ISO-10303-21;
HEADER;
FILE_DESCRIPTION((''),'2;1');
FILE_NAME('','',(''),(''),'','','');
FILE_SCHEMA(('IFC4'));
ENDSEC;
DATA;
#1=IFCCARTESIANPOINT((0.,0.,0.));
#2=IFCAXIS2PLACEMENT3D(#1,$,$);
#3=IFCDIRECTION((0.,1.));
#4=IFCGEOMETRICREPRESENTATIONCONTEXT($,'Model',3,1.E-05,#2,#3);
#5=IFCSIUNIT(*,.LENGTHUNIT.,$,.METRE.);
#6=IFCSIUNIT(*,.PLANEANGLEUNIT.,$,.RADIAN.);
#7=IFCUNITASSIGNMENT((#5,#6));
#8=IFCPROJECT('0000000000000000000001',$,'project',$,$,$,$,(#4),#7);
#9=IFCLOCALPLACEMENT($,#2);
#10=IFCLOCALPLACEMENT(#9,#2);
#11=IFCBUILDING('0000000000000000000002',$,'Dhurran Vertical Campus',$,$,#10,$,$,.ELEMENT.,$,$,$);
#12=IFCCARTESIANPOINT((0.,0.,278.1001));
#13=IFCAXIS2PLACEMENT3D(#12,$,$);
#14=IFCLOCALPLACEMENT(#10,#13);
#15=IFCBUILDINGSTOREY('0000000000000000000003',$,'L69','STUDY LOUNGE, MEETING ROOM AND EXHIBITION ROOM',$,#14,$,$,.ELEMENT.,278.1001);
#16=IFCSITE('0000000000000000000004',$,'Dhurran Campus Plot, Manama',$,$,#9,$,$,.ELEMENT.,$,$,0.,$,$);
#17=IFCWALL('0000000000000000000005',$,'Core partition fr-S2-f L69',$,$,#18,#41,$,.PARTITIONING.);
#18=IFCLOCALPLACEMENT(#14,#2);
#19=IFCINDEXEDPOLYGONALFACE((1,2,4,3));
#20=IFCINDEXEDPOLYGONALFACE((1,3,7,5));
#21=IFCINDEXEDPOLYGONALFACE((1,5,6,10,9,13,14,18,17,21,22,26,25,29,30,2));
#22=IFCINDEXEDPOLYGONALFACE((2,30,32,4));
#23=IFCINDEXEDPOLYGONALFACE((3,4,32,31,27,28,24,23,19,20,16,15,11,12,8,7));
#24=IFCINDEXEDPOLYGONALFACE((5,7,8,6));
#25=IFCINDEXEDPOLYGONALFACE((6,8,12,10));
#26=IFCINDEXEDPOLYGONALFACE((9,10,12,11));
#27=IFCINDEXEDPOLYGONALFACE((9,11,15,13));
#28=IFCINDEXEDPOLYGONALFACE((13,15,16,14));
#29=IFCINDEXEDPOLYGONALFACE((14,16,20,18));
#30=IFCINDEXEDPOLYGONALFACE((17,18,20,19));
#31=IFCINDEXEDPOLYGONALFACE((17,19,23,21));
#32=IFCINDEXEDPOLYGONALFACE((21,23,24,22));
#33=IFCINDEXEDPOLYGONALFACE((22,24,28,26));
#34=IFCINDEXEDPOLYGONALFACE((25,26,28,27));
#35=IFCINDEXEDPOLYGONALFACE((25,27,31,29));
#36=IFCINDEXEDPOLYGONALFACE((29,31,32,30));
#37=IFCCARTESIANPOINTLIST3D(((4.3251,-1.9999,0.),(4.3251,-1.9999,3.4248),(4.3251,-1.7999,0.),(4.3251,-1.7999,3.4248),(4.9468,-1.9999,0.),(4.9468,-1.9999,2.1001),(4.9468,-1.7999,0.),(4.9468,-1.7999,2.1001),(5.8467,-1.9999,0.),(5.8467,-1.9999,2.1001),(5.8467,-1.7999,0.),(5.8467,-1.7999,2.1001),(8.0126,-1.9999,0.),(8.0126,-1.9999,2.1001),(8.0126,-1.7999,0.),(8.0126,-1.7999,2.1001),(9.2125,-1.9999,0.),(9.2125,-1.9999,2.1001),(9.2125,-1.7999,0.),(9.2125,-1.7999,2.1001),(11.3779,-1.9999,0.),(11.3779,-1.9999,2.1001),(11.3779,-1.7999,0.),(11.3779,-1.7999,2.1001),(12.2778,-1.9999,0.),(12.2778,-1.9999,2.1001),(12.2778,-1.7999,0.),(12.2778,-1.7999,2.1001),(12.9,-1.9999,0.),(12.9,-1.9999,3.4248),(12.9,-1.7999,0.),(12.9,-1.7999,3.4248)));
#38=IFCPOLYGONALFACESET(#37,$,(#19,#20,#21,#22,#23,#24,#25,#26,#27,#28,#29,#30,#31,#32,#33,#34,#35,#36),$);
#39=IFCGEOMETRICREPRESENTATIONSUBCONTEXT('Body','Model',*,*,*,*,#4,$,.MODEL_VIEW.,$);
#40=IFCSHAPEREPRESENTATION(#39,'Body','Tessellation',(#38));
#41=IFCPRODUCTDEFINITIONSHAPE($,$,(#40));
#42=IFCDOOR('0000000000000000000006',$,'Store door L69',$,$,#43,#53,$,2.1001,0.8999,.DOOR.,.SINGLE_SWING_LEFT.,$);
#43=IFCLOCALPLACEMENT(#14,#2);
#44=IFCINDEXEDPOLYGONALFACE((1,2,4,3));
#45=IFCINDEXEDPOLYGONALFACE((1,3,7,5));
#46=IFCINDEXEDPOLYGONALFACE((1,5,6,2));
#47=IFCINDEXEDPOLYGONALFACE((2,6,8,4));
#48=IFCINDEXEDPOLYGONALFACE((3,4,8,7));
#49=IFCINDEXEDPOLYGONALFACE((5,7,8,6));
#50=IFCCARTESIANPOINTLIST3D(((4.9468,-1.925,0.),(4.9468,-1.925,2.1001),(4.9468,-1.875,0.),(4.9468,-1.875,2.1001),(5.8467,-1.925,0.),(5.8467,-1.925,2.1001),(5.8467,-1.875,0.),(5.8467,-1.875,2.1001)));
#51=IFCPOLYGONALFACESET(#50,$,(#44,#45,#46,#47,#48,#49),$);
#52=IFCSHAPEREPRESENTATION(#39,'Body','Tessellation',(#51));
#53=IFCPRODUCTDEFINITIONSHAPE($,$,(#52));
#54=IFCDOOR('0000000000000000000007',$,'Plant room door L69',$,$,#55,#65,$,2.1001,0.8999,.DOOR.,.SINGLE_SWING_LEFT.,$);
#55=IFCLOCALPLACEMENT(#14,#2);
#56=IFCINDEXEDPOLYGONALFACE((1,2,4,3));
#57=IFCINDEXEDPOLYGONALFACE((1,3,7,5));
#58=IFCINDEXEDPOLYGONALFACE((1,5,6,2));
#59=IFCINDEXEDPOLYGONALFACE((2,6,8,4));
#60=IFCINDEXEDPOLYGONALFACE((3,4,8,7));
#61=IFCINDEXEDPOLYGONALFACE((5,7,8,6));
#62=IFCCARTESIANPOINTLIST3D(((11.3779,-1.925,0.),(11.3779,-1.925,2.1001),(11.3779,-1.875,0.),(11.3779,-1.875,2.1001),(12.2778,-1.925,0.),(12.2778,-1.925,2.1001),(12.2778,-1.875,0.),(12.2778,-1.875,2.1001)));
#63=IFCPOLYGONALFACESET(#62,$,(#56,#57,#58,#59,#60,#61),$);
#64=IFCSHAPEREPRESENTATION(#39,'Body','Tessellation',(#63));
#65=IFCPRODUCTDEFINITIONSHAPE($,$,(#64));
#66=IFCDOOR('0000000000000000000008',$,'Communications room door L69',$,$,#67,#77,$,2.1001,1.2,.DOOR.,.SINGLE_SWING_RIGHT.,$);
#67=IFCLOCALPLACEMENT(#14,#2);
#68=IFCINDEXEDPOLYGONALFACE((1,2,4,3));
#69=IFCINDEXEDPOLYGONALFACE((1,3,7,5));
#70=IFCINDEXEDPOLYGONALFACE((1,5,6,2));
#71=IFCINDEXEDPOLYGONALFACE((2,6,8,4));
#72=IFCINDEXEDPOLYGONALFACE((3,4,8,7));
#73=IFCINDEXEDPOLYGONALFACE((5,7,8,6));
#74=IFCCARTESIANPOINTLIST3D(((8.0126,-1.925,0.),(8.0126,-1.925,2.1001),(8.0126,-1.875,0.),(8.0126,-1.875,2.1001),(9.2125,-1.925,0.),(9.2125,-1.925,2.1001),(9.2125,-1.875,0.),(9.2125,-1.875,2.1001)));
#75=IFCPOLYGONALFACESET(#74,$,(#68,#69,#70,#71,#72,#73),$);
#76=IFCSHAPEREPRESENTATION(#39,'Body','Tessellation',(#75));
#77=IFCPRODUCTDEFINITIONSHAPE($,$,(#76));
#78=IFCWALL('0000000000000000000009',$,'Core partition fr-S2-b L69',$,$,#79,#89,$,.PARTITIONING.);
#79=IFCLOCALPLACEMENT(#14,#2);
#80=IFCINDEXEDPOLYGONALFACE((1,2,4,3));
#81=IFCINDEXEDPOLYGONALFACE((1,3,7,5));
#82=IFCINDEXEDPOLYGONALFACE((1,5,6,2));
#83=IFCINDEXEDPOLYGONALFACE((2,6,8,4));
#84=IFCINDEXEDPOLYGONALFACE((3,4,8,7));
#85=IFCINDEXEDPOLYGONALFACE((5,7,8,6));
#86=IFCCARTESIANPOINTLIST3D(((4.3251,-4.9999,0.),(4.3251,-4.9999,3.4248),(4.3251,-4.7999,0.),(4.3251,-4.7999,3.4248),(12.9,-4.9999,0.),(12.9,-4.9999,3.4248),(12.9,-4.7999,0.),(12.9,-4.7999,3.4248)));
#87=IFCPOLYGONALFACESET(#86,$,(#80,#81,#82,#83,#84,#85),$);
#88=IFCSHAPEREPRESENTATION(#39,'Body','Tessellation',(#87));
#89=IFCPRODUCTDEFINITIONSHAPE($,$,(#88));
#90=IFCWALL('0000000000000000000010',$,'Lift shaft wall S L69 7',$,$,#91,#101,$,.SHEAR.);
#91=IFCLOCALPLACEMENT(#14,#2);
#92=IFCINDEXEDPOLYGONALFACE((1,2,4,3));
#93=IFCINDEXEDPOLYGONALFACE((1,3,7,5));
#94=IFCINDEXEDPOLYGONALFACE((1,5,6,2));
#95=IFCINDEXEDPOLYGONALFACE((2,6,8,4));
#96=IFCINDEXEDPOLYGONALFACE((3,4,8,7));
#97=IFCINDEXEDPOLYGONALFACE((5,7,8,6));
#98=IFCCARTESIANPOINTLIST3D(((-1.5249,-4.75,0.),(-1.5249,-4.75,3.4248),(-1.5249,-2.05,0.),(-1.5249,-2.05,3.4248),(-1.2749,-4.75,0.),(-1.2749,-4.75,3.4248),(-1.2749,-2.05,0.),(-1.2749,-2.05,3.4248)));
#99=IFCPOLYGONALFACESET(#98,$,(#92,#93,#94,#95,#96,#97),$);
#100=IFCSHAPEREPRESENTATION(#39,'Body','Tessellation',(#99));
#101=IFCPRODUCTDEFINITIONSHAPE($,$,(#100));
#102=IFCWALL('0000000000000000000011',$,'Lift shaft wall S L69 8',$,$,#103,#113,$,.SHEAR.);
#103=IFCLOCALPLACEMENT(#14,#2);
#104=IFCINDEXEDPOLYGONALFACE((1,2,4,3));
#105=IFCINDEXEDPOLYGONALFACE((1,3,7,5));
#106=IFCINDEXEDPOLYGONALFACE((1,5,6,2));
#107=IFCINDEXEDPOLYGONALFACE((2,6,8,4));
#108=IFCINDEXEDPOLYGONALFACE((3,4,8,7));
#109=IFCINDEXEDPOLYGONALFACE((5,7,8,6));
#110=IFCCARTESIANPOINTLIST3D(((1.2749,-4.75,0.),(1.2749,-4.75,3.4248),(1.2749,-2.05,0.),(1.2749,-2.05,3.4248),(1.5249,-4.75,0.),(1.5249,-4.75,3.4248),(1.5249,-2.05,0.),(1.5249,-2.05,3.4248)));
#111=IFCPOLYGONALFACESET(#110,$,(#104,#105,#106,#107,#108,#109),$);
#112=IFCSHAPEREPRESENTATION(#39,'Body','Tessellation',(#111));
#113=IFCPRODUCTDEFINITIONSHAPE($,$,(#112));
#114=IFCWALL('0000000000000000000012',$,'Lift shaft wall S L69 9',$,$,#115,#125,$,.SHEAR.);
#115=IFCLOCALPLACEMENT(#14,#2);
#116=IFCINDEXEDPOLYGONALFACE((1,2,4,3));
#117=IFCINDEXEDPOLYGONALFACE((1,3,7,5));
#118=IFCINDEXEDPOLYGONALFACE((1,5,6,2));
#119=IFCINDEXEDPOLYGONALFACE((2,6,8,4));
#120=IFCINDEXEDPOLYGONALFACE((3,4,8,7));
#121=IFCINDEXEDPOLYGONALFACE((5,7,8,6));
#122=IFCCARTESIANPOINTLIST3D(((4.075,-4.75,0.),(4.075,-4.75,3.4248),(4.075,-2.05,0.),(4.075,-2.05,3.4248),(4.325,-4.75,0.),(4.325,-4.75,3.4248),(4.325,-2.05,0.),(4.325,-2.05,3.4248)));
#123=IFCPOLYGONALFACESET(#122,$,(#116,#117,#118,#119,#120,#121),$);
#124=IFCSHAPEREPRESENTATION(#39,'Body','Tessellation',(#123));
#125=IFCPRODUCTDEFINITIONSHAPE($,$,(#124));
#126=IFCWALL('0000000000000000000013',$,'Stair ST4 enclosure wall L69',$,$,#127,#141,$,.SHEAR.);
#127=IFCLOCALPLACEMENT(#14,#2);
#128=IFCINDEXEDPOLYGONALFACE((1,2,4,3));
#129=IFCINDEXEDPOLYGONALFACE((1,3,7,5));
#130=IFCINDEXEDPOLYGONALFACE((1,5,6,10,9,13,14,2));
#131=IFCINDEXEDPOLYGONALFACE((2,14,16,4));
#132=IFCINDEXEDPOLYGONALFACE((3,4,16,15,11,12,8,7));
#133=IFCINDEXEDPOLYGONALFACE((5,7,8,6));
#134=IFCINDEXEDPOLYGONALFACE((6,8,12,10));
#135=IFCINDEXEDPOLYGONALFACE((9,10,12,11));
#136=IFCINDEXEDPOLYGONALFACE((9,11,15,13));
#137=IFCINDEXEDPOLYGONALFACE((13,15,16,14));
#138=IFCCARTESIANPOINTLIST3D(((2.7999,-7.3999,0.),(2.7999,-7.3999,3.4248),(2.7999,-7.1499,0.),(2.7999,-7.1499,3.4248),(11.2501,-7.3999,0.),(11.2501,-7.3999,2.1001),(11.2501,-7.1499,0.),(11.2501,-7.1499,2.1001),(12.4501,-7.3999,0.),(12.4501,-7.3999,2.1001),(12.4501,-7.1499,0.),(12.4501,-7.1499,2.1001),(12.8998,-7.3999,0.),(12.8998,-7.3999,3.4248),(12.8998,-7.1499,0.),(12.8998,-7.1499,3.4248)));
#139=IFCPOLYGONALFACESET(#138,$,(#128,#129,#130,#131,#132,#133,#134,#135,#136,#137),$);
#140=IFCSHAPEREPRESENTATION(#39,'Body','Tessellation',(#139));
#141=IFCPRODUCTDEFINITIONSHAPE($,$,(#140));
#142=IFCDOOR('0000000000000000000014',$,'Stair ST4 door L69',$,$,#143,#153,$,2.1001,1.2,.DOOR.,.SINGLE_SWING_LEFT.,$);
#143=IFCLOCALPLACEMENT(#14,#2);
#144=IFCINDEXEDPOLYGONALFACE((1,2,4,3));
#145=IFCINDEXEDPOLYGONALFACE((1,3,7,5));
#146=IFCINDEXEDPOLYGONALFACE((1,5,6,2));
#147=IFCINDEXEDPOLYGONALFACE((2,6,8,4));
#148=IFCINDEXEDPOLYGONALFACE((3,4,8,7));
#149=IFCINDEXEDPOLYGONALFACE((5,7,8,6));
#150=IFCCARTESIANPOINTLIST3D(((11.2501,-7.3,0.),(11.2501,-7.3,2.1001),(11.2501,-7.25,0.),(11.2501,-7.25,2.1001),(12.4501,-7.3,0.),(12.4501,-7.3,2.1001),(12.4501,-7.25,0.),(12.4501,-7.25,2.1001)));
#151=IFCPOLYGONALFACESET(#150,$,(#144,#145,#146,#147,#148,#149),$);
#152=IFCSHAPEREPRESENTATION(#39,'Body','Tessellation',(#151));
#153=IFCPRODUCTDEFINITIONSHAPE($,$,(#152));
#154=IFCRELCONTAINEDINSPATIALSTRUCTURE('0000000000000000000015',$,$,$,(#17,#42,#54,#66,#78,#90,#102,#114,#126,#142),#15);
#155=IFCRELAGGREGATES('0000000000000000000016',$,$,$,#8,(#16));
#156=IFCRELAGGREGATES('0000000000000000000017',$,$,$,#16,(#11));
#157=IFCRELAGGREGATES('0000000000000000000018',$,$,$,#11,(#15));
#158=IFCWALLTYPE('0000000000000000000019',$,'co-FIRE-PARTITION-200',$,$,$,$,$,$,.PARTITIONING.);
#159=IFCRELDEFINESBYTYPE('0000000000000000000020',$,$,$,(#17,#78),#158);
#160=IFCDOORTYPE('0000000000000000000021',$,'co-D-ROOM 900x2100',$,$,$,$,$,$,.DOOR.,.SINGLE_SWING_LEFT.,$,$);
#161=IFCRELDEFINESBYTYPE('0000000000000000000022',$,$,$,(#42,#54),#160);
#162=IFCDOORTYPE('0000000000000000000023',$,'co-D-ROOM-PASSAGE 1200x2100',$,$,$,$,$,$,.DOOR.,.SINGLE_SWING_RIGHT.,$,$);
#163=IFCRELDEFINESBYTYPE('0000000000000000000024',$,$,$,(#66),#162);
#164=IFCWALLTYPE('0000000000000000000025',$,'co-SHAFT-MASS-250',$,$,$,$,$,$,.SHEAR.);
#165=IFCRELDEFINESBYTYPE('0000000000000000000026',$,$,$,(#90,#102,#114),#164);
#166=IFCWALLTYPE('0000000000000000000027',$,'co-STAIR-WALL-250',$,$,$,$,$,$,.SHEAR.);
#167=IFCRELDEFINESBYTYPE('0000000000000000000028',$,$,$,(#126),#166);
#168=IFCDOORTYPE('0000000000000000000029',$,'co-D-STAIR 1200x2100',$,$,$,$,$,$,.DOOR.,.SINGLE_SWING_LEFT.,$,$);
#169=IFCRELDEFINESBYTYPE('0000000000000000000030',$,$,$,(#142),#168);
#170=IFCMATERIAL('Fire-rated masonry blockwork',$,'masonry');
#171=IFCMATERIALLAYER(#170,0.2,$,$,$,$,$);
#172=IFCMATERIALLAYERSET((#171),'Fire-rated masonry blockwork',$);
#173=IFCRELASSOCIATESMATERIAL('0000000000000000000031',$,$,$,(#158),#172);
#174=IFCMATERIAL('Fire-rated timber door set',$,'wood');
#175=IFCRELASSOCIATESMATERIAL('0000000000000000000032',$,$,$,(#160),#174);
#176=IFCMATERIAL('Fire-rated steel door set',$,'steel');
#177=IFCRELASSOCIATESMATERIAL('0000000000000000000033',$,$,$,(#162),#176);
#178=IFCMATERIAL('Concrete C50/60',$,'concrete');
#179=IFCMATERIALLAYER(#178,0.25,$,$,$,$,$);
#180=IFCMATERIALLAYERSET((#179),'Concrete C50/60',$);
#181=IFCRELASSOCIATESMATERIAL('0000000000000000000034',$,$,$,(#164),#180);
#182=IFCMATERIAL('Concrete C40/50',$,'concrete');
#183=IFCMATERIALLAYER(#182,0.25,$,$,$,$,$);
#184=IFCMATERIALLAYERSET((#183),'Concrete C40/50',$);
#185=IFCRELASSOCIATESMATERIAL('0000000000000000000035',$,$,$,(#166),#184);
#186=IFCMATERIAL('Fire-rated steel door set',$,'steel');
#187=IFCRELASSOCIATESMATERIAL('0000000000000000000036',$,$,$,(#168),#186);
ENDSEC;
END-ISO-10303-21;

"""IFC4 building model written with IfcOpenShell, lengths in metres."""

from ifc_helpers import new_model, si_unit, direction, frame, frame_2d, origin, place, context, subcontext, project, spatial, polyline, rectangle, outline, extrude, material, layer, layer_set, type_object, element, fill, save


model = new_model("IFC4")

# Units and contexts
model_context = context("Model", 3, precision=1e-05, world=origin(), true_north=direction((0.0, 1.0)))
body_context = subcontext(model_context, "Body", "Model", "MODEL_VIEW")
ifc_project = project(units=[si_unit("LENGTHUNIT", "METRE"), si_unit("PLANEANGLEUNIT", "RADIAN")], contexts=[model_context])

# Site, building, storey
site_placement = place(None, origin())
site = spatial("IfcSite", under=ifc_project, at=site_placement, Name="Dhurran Campus Plot, Manama", CompositionType="ELEMENT", RefElevation=0.0)
building_placement = place(site_placement, origin())
building = spatial("IfcBuilding", under=site, at=building_placement, Name="Dhurran Vertical Campus", CompositionType="ELEMENT")
storey_placement = place(building_placement, frame((0.0, 0.0, 278.1001)))
storey = spatial("IfcBuildingStorey", under=building, at=storey_placement, Name="L69", Description="STUDY LOUNGE, MEETING ROOM AND EXHIBITION ROOM", CompositionType="ELEMENT", Elevation=278.1001)

# Shared definitions
ifc_material_1 = material(Name="Fire-rated masonry blockwork", Category="masonry")
ifc_layer_1 = layer(ifc_material_1, 0.2)
ifc_layer_set_1 = layer_set([ifc_layer_1], Name="Fire-rated masonry blockwork")
wall_type_1 = type_object("IfcWallType", Name="co-FIRE-PARTITION-200", PredefinedType="PARTITIONING", material=ifc_layer_set_1)

# Wall, openings, doors
wall_1_placement = place(storey_placement, frame((4.325, -1.8999, 0.0), z_axis=(0.0, 0.0, 1.0), x_axis=(1.0, 0.0, 0.0)))
wall_1 = element("IfcWall", 1, at=wall_1_placement, inside=storey, type_object=wall_type_1, Name="Core partition fr-S2-f L69", PredefinedType="PARTITIONING", context=body_context, shape_type="SweptSolid", body=[
    extrude(rectangle(XDim=8.575, YDim=0.2, at=frame_2d((4.2876, 0.0))), origin(), (0.0, 0.0, 1.0), 3.4248),
])
opening_1_placement = place(wall_1_placement, frame((0.6218, 0.0, 0.0)))
opening_1 = element("IfcOpeningElement", 2, at=opening_1_placement, cuts=wall_1, PredefinedType="OPENING", context=body_context, shape_type="SweptSolid", body=[
    extrude(rectangle(XDim=0.8999, YDim=2.1001, at=frame_2d((0.45, 1.05))), frame((0.0, 0.1099, 0.0), z_axis=(0.0, -1.0, 0.0), x_axis=(1.0, 0.0, 0.0)), (0.0, 0.0, 1.0), 0.22),
])
opening_2_placement = place(wall_1_placement, frame((3.6875, 0.0, 0.0)))
opening_2 = element("IfcOpeningElement", 3, at=opening_2_placement, cuts=wall_1, PredefinedType="OPENING", context=body_context, shape_type="SweptSolid", body=[
    extrude(rectangle(XDim=1.2, YDim=2.1001, at=frame_2d((0.6001, 1.05))), frame((0.0, 0.1099, 0.0), z_axis=(0.0, -1.0, 0.0), x_axis=(1.0, 0.0, 0.0)), (0.0, 0.0, 1.0), 0.22),
])
opening_3_placement = place(wall_1_placement, frame((7.053, 0.0, 0.0)))
opening_3 = element("IfcOpeningElement", 4, at=opening_3_placement, cuts=wall_1, PredefinedType="OPENING", context=body_context, shape_type="SweptSolid", body=[
    extrude(rectangle(XDim=0.8999, YDim=2.1001, at=frame_2d((0.45, 1.05))), frame((0.0, 0.1099, 0.0), z_axis=(0.0, -1.0, 0.0), x_axis=(1.0, 0.0, 0.0)), (0.0, 0.0, 1.0), 0.22),
])
ifc_material_2 = material(Name="Fire-rated timber door set", Category="wood")
door_type_1 = type_object("IfcDoorType", Name="co-D-ROOM 900x2100", OperationType="SINGLE_SWING_LEFT", PredefinedType="DOOR", material=ifc_material_2)
door_1_placement = place(opening_1_placement, origin())
door_1 = element("IfcDoor", 5, at=door_1_placement, inside=storey, type_object=door_type_1, Name="Store door L69", OperationType="SINGLE_SWING_LEFT", OverallHeight=2.1001, OverallWidth=0.8999, PredefinedType="DOOR", context=body_context, shape_type="SweptSolid", body=[
    extrude(rectangle(XDim=0.8999, YDim=2.1001, at=frame_2d((0.45, 1.05))), frame((0.0, 0.0249, 0.0), z_axis=(0.0, -1.0, 0.0), x_axis=(1.0, 0.0, 0.0)), (0.0, 0.0, 1.0), 0.05),
])
fill(opening_1, door_1)
door_2_placement = place(opening_3_placement, origin())
door_2 = element("IfcDoor", 6, at=door_2_placement, inside=storey, type_object=door_type_1, Name="Plant room door L69", OperationType="SINGLE_SWING_LEFT", OverallHeight=2.1001, OverallWidth=0.8999, PredefinedType="DOOR", context=body_context, shape_type="SweptSolid", body=[
    extrude(rectangle(XDim=0.8999, YDim=2.1001, at=frame_2d((0.45, 1.05))), frame((0.0, 0.0249, 0.0), z_axis=(0.0, -1.0, 0.0), x_axis=(1.0, 0.0, 0.0)), (0.0, 0.0, 1.0), 0.05),
])
fill(opening_3, door_2)
ifc_material_3 = material(Name="Fire-rated steel door set", Category="steel")
door_type_2 = type_object("IfcDoorType", Name="co-D-ROOM-PASSAGE 1200x2100", OperationType="SINGLE_SWING_RIGHT", PredefinedType="DOOR", material=ifc_material_3)
door_3_placement = place(opening_2_placement, origin())
door_3 = element("IfcDoor", 7, at=door_3_placement, inside=storey, type_object=door_type_2, Name="Communications room door L69", OperationType="SINGLE_SWING_RIGHT", OverallHeight=2.1001, OverallWidth=1.2, PredefinedType="DOOR", context=body_context, shape_type="SweptSolid", body=[
    extrude(rectangle(XDim=1.2, YDim=2.1001, at=frame_2d((0.6001, 1.05))), frame((0.0, 0.0249, 0.0), z_axis=(0.0, -1.0, 0.0), x_axis=(1.0, 0.0, 0.0)), (0.0, 0.0, 1.0), 0.05),
])
fill(opening_2, door_3)

# Walls
wall_2_placement = place(storey_placement, frame((4.325, -4.8999, 0.0), z_axis=(0.0, 0.0, 1.0), x_axis=(1.0, 0.0, 0.0)))
element("IfcWall", 8, at=wall_2_placement, inside=storey, type_object=wall_type_1, Name="Core partition fr-S2-b L69", PredefinedType="PARTITIONING", context=body_context, shape_type="SweptSolid", body=[
    extrude(rectangle(XDim=8.575, YDim=0.2, at=frame_2d((4.2876, 0.0))), origin(), (0.0, 0.0, 1.0), 3.4248),
])
ifc_material_4 = material(Name="Concrete C50/60", Category="concrete")
ifc_layer_2 = layer(ifc_material_4, 0.25)
ifc_layer_set_2 = layer_set([ifc_layer_2], Name="Concrete C50/60")
wall_type_2 = type_object("IfcWallType", Name="co-SHAFT-MASS-250", PredefinedType="SHEAR", material=ifc_layer_set_2)
wall_3_placement = place(storey_placement, origin())
element("IfcWall", 9, at=wall_3_placement, inside=storey, type_object=wall_type_2, Name="Lift shaft wall S L69 7", PredefinedType="SHEAR", context=body_context, shape_type="SweptSolid", body=[
    extrude(outline(polyline([(-1.5249, -4.75), (-1.2749, -4.75), (-1.2749, -2.05), (-1.5249, -2.05), (-1.5249, -4.75)])), origin(), (0.0, 0.0, 1.0), 3.4248),
])
wall_4_placement = place(storey_placement, origin())
element("IfcWall", 10, at=wall_4_placement, inside=storey, type_object=wall_type_2, Name="Lift shaft wall S L69 8", PredefinedType="SHEAR", context=body_context, shape_type="SweptSolid", body=[
    extrude(outline(polyline([(1.2749, -4.75), (1.5249, -4.75), (1.5249, -2.05), (1.2749, -2.05), (1.2749, -4.75)])), origin(), (0.0, 0.0, 1.0), 3.4248),
])
wall_5_placement = place(storey_placement, origin())
element("IfcWall", 11, at=wall_5_placement, inside=storey, type_object=wall_type_2, Name="Lift shaft wall S L69 9", PredefinedType="SHEAR", context=body_context, shape_type="SweptSolid", body=[
    extrude(outline(polyline([(4.075, -4.75), (4.325, -4.75), (4.325, -2.05), (4.075, -2.05), (4.075, -4.75)])), origin(), (0.0, 0.0, 1.0), 3.4248),
])

# Wall, opening, door
ifc_material_5 = material(Name="Concrete C40/50", Category="concrete")
ifc_layer_3 = layer(ifc_material_5, 0.25)
ifc_layer_set_3 = layer_set([ifc_layer_3], Name="Concrete C40/50")
wall_type_3 = type_object("IfcWallType", Name="co-STAIR-WALL-250", PredefinedType="SHEAR", material=ifc_layer_set_3)
wall_6_placement = place(storey_placement, frame((2.8, -7.2749, 0.0), z_axis=(0.0, 0.0, 1.0), x_axis=(1.0, 0.0, 0.0)))
wall_6 = element("IfcWall", 12, at=wall_6_placement, inside=storey, type_object=wall_type_3, Name="Stair ST4 enclosure wall L69", PredefinedType="SHEAR", context=body_context, shape_type="SweptSolid", body=[
    extrude(rectangle(XDim=10.0999, YDim=0.25, at=frame_2d((5.0498, 0.0))), origin(), (0.0, 0.0, 1.0), 3.4248),
])
opening_4_placement = place(wall_6_placement, frame((8.45, 0.0, 0.0)))
opening_4 = element("IfcOpeningElement", 13, at=opening_4_placement, cuts=wall_6, PredefinedType="OPENING", context=body_context, shape_type="SweptSolid", body=[
    extrude(rectangle(XDim=1.2, YDim=2.1001, at=frame_2d((0.6001, 1.05))), frame((0.0, 0.135, 0.0), z_axis=(0.0, -1.0, 0.0), x_axis=(1.0, 0.0, 0.0)), (0.0, 0.0, 1.0), 0.27),
])
ifc_material_6 = material(Name="Fire-rated steel door set", Category="steel")
door_type_3 = type_object("IfcDoorType", Name="co-D-STAIR 1200x2100", OperationType="SINGLE_SWING_LEFT", PredefinedType="DOOR", material=ifc_material_6)
door_4_placement = place(opening_4_placement, origin())
door_4 = element("IfcDoor", 14, at=door_4_placement, inside=storey, type_object=door_type_3, Name="Stair ST4 door L69", OperationType="SINGLE_SWING_LEFT", OverallHeight=2.1001, OverallWidth=1.2, PredefinedType="DOOR", context=body_context, shape_type="SweptSolid", body=[
    extrude(rectangle(XDim=1.2, YDim=2.1001, at=frame_2d((0.6001, 1.05))), frame((0.0, 0.0249, 0.0), z_axis=(0.0, -1.0, 0.0), x_axis=(1.0, 0.0, 0.0)), (0.0, 0.0, 1.0), 0.05),
])
fill(opening_4, door_4)

save(model, "model.ifc")
